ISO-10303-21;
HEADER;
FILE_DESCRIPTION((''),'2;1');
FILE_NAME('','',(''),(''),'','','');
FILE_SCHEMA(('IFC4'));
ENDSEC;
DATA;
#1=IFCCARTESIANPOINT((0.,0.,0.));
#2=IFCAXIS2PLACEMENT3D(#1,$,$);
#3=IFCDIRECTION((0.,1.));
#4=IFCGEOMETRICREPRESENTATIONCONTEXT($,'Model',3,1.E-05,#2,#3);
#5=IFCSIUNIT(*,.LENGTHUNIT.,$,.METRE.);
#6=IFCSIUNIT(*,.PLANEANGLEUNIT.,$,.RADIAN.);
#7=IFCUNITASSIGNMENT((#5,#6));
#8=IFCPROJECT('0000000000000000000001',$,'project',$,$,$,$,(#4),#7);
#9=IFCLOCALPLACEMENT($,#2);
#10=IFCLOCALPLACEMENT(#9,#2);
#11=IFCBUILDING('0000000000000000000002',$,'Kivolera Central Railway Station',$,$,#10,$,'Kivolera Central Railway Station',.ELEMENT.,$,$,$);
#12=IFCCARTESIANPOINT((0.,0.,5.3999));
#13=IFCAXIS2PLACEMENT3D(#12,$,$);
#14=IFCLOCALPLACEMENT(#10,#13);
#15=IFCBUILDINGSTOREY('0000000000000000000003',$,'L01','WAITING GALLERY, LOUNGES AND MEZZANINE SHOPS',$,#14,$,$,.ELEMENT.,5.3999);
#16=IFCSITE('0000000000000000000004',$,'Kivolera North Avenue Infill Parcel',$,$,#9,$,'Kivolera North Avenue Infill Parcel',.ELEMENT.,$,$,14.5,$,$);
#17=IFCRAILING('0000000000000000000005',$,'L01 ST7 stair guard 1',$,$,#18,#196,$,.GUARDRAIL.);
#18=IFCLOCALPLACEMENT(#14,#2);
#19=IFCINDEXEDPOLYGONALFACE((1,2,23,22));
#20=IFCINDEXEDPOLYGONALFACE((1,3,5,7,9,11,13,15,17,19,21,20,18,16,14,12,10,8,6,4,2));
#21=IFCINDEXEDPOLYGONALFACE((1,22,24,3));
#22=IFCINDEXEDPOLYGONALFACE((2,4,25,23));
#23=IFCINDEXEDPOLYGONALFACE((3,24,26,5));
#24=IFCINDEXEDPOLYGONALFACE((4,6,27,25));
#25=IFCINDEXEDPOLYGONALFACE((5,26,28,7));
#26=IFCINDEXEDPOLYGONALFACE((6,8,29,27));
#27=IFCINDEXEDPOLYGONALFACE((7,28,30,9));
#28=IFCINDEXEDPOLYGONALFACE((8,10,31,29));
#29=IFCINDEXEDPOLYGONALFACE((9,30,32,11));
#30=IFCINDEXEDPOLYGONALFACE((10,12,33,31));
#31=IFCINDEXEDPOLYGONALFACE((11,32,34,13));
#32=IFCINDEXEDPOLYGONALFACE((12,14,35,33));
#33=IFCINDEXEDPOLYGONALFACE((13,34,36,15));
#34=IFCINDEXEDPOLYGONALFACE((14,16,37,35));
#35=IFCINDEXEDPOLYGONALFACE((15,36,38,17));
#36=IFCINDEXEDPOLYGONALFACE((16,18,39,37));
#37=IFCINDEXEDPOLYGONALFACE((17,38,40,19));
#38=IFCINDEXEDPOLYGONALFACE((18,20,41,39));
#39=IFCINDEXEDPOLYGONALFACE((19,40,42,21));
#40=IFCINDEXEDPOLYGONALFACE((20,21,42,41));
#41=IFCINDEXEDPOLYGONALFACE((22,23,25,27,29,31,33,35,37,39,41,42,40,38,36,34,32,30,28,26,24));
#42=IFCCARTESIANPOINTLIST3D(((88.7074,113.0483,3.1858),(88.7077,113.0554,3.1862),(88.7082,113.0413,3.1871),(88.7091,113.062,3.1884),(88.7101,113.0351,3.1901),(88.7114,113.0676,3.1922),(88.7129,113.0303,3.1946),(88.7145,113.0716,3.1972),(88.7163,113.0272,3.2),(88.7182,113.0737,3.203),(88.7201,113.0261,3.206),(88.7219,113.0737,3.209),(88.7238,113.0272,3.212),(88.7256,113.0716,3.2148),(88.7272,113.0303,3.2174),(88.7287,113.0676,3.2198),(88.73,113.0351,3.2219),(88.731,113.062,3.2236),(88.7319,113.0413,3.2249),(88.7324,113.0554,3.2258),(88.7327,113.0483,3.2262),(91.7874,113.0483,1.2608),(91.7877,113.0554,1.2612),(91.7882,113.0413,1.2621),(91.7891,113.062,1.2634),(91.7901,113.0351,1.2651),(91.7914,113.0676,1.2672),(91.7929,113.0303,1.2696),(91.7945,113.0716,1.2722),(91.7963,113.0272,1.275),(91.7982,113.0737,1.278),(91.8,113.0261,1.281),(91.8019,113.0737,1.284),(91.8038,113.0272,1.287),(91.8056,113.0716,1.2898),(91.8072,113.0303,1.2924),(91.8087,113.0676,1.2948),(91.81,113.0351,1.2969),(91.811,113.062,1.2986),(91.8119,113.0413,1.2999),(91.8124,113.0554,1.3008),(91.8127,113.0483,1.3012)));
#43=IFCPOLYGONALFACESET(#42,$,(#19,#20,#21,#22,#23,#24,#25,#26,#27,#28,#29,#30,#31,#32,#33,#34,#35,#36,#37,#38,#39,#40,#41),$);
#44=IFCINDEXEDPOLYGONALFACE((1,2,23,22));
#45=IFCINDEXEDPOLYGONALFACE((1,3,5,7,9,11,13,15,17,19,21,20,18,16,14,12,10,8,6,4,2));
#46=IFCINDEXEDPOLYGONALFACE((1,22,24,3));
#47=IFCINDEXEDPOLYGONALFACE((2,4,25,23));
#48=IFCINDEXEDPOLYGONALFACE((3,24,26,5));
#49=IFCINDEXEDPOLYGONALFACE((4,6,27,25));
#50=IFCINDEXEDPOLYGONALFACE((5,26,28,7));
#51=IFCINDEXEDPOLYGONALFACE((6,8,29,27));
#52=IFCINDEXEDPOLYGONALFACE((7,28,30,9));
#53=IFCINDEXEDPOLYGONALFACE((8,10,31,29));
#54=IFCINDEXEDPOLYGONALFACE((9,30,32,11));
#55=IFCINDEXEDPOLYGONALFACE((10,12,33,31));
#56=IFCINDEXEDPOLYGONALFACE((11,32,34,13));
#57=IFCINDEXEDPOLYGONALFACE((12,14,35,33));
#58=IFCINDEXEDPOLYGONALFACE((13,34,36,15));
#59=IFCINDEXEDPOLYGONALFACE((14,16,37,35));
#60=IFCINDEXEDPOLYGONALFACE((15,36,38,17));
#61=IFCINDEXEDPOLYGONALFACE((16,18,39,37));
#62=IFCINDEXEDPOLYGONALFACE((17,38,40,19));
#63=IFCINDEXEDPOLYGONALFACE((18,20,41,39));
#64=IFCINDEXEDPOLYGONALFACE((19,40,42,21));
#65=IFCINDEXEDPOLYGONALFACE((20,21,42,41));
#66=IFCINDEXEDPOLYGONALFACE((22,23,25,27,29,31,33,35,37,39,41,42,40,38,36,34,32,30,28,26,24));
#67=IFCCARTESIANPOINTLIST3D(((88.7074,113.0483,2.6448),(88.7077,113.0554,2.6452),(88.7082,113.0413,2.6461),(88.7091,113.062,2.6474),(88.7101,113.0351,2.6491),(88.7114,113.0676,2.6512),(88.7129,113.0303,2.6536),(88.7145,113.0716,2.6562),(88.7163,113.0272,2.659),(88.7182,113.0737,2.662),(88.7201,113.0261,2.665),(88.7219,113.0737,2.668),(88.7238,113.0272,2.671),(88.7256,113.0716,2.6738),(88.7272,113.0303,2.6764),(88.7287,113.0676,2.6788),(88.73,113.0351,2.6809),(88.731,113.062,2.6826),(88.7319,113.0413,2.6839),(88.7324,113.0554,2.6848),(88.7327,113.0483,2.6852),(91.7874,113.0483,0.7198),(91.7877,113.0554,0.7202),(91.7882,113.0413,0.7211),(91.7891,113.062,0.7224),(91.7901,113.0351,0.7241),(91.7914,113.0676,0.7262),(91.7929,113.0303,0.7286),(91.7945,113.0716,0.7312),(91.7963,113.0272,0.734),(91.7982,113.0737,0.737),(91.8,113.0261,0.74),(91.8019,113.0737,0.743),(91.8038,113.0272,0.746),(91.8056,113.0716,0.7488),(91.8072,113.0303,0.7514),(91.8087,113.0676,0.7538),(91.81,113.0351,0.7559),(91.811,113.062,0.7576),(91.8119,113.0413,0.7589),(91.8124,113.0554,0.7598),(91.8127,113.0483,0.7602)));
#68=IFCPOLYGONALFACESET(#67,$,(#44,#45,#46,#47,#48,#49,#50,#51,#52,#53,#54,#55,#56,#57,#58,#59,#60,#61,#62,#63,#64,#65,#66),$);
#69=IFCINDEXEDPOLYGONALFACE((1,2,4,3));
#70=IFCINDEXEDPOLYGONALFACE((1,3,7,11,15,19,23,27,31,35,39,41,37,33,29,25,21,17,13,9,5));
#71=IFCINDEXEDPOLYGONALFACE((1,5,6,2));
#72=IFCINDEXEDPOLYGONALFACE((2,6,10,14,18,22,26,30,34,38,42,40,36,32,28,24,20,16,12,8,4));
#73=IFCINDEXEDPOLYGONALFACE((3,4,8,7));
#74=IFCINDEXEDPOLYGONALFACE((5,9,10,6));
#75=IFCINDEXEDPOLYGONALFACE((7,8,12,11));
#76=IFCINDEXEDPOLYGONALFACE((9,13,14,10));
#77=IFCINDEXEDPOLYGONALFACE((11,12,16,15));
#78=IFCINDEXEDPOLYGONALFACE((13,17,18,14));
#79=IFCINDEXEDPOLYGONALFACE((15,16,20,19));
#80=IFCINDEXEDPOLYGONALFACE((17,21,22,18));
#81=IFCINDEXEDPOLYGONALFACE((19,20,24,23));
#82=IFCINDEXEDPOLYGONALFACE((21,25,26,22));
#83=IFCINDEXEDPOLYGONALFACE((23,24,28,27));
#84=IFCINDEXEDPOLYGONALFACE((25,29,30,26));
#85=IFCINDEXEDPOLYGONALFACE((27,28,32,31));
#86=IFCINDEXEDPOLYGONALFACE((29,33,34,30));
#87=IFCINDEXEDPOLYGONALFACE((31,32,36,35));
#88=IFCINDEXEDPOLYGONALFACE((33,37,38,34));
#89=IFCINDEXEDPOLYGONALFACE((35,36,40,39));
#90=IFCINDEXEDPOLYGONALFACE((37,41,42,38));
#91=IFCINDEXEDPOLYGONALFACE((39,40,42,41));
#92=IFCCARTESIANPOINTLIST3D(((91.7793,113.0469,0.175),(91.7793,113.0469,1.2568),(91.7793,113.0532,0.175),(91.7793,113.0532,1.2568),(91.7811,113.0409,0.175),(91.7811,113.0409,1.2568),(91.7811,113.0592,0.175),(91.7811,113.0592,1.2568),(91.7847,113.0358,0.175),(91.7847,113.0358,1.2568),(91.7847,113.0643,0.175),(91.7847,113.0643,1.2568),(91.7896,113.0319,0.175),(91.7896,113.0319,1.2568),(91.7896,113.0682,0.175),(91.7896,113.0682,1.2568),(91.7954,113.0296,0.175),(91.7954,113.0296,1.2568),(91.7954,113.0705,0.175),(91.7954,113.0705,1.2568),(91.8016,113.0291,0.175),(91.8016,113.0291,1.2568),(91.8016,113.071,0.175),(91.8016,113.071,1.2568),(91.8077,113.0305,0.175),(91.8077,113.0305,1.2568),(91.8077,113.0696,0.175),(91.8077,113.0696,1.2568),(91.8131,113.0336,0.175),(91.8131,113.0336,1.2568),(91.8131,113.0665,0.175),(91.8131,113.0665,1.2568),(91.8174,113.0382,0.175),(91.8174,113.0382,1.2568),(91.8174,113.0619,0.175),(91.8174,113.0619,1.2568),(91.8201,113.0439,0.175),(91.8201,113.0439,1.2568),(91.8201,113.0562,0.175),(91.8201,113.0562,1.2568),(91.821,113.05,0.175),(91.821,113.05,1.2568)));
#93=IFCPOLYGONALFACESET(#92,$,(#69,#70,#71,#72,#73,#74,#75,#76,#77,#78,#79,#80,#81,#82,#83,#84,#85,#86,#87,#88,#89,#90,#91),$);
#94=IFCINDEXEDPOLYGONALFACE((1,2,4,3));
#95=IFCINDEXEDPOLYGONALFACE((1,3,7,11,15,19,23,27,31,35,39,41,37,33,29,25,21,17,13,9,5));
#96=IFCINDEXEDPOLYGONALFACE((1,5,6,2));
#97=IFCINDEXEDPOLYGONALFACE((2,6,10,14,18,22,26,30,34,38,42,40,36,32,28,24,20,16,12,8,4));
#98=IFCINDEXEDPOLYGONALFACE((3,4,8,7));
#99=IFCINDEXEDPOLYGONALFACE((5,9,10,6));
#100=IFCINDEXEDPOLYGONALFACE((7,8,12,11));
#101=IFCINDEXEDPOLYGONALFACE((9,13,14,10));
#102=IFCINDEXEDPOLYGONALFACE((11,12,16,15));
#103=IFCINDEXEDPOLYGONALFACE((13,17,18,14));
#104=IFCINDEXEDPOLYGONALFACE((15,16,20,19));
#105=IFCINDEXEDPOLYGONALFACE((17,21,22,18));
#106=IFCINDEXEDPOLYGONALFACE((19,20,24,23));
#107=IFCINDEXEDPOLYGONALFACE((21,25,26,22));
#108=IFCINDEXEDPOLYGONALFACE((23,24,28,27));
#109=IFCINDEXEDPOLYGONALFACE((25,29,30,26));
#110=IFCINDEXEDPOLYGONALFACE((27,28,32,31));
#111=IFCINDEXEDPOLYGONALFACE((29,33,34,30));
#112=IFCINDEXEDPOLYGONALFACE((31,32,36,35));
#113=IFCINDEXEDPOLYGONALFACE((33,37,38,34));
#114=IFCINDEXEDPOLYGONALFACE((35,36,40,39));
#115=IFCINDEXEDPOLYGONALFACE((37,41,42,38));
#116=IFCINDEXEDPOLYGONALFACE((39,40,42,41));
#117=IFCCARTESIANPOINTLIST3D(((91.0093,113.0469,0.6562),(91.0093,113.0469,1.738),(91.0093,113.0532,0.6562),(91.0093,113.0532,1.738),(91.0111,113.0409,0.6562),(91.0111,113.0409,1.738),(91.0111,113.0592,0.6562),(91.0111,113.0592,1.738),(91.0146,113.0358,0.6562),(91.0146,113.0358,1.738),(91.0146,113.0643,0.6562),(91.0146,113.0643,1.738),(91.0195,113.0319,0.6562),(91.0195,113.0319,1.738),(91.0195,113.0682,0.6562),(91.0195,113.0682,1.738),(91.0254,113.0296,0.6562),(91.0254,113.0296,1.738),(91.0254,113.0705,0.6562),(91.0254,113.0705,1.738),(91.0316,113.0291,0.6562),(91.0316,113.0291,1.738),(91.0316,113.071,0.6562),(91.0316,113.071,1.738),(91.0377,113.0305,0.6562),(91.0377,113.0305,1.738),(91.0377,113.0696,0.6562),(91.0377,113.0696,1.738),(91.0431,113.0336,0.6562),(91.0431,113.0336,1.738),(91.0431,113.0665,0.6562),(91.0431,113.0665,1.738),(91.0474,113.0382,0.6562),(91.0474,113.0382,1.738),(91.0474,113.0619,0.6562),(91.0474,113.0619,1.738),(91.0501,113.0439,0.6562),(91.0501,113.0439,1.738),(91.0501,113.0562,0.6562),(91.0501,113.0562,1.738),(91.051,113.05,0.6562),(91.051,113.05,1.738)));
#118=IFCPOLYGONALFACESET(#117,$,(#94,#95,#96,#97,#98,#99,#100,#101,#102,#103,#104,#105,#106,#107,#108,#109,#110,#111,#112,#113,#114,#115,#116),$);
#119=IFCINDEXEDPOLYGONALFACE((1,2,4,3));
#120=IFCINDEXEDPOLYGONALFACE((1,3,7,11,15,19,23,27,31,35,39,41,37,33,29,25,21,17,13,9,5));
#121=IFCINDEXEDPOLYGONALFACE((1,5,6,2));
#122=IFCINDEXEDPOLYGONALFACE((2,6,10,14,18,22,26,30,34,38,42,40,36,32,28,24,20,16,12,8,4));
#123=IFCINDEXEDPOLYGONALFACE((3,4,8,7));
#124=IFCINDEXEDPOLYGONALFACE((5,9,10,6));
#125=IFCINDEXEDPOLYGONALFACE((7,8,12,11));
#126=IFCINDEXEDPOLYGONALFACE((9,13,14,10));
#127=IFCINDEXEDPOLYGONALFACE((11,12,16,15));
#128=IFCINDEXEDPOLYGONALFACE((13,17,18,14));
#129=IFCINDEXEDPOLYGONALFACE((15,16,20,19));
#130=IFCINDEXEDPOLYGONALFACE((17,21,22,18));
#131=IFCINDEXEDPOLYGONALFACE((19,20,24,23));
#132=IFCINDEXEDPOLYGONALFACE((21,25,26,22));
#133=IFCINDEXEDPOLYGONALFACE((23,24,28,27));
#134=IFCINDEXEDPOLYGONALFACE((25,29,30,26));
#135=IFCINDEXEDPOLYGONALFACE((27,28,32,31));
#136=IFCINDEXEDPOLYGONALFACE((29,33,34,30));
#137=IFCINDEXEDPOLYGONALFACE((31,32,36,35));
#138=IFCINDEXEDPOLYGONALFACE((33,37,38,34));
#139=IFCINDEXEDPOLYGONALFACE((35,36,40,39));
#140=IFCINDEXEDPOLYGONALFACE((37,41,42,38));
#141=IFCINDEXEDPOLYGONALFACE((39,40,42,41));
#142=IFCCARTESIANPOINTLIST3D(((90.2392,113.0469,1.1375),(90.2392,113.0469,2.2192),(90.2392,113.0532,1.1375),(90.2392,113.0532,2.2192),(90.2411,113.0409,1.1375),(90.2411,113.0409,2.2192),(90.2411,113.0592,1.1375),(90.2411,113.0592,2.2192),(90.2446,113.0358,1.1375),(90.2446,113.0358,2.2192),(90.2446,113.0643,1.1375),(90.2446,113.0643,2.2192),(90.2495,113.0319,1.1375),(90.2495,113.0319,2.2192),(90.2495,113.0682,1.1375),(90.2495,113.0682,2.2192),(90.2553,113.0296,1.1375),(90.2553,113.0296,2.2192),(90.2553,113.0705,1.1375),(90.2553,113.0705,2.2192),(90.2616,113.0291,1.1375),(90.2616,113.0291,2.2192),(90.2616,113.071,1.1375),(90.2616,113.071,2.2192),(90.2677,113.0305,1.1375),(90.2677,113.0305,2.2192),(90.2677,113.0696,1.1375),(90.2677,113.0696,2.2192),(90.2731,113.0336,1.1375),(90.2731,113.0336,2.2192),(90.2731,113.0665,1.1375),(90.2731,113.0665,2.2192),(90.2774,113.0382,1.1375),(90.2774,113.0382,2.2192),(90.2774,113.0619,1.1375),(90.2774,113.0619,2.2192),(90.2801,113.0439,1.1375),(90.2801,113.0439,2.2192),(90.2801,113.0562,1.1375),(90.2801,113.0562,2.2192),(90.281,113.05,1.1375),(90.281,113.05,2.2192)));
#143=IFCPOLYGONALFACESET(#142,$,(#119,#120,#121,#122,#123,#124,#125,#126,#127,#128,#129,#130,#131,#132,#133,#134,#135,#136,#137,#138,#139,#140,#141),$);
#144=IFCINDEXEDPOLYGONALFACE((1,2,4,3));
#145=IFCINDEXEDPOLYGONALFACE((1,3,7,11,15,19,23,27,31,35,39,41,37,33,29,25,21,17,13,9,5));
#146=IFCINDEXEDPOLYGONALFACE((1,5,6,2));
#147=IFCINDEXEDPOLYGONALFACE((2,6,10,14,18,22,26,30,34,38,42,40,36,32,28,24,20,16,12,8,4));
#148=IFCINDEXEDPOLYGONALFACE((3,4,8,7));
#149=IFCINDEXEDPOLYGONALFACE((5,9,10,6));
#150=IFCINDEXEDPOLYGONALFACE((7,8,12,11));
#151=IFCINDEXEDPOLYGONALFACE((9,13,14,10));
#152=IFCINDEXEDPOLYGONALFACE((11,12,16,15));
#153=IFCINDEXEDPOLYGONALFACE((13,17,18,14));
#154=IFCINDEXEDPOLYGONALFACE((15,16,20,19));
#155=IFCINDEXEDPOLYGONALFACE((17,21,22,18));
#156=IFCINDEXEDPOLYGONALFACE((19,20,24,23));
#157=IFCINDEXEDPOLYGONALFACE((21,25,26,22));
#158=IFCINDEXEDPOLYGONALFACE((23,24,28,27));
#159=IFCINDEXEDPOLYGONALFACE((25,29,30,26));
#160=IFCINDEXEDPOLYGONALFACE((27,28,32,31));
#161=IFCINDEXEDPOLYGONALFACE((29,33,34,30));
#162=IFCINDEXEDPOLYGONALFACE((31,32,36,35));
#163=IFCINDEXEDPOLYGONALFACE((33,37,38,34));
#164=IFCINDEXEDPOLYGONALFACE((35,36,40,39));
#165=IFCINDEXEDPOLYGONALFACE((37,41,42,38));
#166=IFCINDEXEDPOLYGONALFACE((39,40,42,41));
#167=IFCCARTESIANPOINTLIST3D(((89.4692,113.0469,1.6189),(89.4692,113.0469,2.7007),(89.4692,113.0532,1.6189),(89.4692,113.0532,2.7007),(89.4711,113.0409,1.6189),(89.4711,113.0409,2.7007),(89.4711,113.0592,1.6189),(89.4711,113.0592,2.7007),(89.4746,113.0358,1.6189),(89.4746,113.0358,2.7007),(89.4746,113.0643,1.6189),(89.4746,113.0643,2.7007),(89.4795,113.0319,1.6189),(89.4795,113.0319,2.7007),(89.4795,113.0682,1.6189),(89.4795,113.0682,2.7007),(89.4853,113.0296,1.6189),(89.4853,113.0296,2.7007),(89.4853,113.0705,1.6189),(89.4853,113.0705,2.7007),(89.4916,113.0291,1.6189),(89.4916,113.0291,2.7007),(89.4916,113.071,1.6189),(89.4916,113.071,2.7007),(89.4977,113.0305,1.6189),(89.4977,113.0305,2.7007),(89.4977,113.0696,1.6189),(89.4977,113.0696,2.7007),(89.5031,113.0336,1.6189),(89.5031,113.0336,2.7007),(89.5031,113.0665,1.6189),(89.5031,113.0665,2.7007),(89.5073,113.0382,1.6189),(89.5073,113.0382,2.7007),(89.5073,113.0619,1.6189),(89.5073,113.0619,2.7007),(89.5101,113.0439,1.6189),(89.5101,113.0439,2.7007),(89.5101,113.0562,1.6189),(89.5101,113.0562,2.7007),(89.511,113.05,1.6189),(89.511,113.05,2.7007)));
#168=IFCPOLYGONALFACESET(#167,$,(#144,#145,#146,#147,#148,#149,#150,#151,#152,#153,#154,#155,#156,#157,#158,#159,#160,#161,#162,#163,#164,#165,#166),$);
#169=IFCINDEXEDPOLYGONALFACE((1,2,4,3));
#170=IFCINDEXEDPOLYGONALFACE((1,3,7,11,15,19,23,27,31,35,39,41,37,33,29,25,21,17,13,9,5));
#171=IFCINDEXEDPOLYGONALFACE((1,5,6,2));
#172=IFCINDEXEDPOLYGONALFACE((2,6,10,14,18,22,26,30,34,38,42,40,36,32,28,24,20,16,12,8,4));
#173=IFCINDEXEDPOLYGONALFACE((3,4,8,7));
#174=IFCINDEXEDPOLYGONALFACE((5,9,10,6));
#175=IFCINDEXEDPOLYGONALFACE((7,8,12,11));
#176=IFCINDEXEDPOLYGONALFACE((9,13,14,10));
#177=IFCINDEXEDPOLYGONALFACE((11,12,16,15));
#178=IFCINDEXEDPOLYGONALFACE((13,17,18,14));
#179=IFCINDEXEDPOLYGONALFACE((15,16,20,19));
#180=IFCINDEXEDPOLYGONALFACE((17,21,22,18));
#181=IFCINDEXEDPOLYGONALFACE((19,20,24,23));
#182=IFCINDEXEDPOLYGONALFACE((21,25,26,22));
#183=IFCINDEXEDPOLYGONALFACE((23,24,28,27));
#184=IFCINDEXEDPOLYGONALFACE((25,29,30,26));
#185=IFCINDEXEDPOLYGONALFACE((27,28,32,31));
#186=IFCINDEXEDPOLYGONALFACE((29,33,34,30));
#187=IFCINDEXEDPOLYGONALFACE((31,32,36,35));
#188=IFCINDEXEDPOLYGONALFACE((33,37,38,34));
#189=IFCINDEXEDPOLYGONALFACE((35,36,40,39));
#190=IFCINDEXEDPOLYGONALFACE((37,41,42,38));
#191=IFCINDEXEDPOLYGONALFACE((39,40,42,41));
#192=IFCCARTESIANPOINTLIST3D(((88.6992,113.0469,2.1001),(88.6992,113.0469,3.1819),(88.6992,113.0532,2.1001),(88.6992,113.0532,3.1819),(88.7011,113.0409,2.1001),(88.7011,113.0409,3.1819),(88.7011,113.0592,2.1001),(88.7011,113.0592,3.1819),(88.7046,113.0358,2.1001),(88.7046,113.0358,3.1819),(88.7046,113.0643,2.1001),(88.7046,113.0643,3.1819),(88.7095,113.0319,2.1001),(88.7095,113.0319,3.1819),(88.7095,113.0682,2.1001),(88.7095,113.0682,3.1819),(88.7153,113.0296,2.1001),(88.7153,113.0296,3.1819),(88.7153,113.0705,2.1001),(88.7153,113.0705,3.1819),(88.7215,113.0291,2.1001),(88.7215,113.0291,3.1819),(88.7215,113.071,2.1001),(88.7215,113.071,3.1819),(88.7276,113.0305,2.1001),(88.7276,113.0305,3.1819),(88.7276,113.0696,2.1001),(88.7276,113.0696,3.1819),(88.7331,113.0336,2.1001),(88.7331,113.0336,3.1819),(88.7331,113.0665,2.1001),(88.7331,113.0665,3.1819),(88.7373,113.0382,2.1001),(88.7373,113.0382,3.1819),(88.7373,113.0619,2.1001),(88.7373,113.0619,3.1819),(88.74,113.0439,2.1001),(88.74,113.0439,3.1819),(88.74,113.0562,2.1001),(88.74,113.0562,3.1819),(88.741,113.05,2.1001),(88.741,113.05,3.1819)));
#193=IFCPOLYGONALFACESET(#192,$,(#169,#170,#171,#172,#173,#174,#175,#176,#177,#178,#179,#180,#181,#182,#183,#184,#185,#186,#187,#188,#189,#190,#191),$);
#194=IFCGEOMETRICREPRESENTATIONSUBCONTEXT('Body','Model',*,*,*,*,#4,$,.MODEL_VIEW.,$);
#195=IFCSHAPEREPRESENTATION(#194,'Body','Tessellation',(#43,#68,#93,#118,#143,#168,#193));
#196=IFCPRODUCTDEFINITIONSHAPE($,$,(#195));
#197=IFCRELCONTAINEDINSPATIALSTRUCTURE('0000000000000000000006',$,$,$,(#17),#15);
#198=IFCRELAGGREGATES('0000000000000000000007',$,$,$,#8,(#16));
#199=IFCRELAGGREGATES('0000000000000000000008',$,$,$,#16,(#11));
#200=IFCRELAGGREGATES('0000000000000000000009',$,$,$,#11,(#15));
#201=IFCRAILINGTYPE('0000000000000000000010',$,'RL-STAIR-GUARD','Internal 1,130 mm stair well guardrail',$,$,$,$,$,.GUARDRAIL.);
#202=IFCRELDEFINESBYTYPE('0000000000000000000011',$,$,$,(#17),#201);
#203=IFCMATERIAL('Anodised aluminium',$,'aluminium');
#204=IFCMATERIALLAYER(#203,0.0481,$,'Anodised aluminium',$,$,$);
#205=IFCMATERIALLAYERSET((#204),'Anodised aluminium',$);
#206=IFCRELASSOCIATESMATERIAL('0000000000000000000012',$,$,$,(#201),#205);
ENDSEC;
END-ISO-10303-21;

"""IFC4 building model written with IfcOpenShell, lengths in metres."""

from ifc_helpers import new_model, si_unit, direction, frame, origin, origin_2d, place, context, subcontext, project, spatial, circle, extrude, material, layer, layer_set, type_object, element, save


model = new_model("IFC4")

# Units and contexts
model_context = context("Model", 3, precision=1e-05, world=origin(), true_north=direction((0.0, 1.0)))
body_context = subcontext(model_context, "Body", "Model", "MODEL_VIEW")
ifc_project = project(units=[si_unit("LENGTHUNIT", "METRE"), si_unit("PLANEANGLEUNIT", "RADIAN")], contexts=[model_context])

# Site, building, storey
site_placement = place(None, origin())
site = spatial("IfcSite", under=ifc_project, at=site_placement, Name="Kivolera North Avenue Infill Parcel", LongName="Kivolera North Avenue Infill Parcel", CompositionType="ELEMENT", RefElevation=14.5)
building_placement = place(site_placement, origin())
building = spatial("IfcBuilding", under=site, at=building_placement, Name="Kivolera Central Railway Station", LongName="Kivolera Central Railway Station", CompositionType="ELEMENT")
storey_placement = place(building_placement, frame((0.0, 0.0, 5.3999)))
storey = spatial("IfcBuildingStorey", under=building, at=storey_placement, Name="L01", Description="WAITING GALLERY, LOUNGES AND MEZZANINE SHOPS", CompositionType="ELEMENT", Elevation=5.3999)

# Shared definitions
ifc_material_1 = material(Name="Anodised aluminium", Category="aluminium")

# Railing
ifc_layer_1 = layer(ifc_material_1, 0.0481, Name="Anodised aluminium")
ifc_layer_set_1 = layer_set([ifc_layer_1], Name="Anodised aluminium")
railing_type_1 = type_object("IfcRailingType", Name="RL-STAIR-GUARD", Description="Internal 1,130 mm stair well guardrail", PredefinedType="GUARDRAIL", material=ifc_layer_set_1)
railing_1_placement = place(storey_placement, frame((91.8, 113.05, 0.175)))
element("IfcRailing", 1, at=railing_1_placement, inside=storey, type_object=railing_type_1, Name="L01 ST7 stair guard 1", PredefinedType="GUARDRAIL", context=body_context, shape_type="SweptSolid", body=[
    extrude(circle(Radius=0.0239, at=origin_2d()), frame((0.0, 0.0, 1.106), z_axis=(-0.847998, 0.0, 0.529999), x_axis=(0.0, -1.0, 0.0)), (0.0, 0.0, 1.0), 3.6321),
    extrude(circle(Radius=0.0239, at=origin_2d()), frame((0.0, 0.0, 0.5649), z_axis=(-0.847998, 0.0, 0.529999), x_axis=(0.0, -1.0, 0.0)), (0.0, 0.0, 1.0), 3.6321),
    extrude(circle(Radius=0.021, at=origin_2d()), origin(), (0.0, 0.0, 1.0), 1.0818),
    extrude(circle(Radius=0.021, at=origin_2d()), frame((-0.77, 0.0, 0.4812)), (0.0, 0.0, 1.0), 1.0818),
    extrude(circle(Radius=0.021, at=origin_2d()), frame((-1.54, 0.0, 0.9624)), (0.0, 0.0, 1.0), 1.0818),
    extrude(circle(Radius=0.021, at=origin_2d()), frame((-2.3101, 0.0, 1.4438)), (0.0, 0.0, 1.0), 1.0818),
    extrude(circle(Radius=0.021, at=origin_2d()), frame((-3.0801, 0.0, 1.925)), (0.0, 0.0, 1.0), 1.0818),
])

save(model, "model.ifc")
